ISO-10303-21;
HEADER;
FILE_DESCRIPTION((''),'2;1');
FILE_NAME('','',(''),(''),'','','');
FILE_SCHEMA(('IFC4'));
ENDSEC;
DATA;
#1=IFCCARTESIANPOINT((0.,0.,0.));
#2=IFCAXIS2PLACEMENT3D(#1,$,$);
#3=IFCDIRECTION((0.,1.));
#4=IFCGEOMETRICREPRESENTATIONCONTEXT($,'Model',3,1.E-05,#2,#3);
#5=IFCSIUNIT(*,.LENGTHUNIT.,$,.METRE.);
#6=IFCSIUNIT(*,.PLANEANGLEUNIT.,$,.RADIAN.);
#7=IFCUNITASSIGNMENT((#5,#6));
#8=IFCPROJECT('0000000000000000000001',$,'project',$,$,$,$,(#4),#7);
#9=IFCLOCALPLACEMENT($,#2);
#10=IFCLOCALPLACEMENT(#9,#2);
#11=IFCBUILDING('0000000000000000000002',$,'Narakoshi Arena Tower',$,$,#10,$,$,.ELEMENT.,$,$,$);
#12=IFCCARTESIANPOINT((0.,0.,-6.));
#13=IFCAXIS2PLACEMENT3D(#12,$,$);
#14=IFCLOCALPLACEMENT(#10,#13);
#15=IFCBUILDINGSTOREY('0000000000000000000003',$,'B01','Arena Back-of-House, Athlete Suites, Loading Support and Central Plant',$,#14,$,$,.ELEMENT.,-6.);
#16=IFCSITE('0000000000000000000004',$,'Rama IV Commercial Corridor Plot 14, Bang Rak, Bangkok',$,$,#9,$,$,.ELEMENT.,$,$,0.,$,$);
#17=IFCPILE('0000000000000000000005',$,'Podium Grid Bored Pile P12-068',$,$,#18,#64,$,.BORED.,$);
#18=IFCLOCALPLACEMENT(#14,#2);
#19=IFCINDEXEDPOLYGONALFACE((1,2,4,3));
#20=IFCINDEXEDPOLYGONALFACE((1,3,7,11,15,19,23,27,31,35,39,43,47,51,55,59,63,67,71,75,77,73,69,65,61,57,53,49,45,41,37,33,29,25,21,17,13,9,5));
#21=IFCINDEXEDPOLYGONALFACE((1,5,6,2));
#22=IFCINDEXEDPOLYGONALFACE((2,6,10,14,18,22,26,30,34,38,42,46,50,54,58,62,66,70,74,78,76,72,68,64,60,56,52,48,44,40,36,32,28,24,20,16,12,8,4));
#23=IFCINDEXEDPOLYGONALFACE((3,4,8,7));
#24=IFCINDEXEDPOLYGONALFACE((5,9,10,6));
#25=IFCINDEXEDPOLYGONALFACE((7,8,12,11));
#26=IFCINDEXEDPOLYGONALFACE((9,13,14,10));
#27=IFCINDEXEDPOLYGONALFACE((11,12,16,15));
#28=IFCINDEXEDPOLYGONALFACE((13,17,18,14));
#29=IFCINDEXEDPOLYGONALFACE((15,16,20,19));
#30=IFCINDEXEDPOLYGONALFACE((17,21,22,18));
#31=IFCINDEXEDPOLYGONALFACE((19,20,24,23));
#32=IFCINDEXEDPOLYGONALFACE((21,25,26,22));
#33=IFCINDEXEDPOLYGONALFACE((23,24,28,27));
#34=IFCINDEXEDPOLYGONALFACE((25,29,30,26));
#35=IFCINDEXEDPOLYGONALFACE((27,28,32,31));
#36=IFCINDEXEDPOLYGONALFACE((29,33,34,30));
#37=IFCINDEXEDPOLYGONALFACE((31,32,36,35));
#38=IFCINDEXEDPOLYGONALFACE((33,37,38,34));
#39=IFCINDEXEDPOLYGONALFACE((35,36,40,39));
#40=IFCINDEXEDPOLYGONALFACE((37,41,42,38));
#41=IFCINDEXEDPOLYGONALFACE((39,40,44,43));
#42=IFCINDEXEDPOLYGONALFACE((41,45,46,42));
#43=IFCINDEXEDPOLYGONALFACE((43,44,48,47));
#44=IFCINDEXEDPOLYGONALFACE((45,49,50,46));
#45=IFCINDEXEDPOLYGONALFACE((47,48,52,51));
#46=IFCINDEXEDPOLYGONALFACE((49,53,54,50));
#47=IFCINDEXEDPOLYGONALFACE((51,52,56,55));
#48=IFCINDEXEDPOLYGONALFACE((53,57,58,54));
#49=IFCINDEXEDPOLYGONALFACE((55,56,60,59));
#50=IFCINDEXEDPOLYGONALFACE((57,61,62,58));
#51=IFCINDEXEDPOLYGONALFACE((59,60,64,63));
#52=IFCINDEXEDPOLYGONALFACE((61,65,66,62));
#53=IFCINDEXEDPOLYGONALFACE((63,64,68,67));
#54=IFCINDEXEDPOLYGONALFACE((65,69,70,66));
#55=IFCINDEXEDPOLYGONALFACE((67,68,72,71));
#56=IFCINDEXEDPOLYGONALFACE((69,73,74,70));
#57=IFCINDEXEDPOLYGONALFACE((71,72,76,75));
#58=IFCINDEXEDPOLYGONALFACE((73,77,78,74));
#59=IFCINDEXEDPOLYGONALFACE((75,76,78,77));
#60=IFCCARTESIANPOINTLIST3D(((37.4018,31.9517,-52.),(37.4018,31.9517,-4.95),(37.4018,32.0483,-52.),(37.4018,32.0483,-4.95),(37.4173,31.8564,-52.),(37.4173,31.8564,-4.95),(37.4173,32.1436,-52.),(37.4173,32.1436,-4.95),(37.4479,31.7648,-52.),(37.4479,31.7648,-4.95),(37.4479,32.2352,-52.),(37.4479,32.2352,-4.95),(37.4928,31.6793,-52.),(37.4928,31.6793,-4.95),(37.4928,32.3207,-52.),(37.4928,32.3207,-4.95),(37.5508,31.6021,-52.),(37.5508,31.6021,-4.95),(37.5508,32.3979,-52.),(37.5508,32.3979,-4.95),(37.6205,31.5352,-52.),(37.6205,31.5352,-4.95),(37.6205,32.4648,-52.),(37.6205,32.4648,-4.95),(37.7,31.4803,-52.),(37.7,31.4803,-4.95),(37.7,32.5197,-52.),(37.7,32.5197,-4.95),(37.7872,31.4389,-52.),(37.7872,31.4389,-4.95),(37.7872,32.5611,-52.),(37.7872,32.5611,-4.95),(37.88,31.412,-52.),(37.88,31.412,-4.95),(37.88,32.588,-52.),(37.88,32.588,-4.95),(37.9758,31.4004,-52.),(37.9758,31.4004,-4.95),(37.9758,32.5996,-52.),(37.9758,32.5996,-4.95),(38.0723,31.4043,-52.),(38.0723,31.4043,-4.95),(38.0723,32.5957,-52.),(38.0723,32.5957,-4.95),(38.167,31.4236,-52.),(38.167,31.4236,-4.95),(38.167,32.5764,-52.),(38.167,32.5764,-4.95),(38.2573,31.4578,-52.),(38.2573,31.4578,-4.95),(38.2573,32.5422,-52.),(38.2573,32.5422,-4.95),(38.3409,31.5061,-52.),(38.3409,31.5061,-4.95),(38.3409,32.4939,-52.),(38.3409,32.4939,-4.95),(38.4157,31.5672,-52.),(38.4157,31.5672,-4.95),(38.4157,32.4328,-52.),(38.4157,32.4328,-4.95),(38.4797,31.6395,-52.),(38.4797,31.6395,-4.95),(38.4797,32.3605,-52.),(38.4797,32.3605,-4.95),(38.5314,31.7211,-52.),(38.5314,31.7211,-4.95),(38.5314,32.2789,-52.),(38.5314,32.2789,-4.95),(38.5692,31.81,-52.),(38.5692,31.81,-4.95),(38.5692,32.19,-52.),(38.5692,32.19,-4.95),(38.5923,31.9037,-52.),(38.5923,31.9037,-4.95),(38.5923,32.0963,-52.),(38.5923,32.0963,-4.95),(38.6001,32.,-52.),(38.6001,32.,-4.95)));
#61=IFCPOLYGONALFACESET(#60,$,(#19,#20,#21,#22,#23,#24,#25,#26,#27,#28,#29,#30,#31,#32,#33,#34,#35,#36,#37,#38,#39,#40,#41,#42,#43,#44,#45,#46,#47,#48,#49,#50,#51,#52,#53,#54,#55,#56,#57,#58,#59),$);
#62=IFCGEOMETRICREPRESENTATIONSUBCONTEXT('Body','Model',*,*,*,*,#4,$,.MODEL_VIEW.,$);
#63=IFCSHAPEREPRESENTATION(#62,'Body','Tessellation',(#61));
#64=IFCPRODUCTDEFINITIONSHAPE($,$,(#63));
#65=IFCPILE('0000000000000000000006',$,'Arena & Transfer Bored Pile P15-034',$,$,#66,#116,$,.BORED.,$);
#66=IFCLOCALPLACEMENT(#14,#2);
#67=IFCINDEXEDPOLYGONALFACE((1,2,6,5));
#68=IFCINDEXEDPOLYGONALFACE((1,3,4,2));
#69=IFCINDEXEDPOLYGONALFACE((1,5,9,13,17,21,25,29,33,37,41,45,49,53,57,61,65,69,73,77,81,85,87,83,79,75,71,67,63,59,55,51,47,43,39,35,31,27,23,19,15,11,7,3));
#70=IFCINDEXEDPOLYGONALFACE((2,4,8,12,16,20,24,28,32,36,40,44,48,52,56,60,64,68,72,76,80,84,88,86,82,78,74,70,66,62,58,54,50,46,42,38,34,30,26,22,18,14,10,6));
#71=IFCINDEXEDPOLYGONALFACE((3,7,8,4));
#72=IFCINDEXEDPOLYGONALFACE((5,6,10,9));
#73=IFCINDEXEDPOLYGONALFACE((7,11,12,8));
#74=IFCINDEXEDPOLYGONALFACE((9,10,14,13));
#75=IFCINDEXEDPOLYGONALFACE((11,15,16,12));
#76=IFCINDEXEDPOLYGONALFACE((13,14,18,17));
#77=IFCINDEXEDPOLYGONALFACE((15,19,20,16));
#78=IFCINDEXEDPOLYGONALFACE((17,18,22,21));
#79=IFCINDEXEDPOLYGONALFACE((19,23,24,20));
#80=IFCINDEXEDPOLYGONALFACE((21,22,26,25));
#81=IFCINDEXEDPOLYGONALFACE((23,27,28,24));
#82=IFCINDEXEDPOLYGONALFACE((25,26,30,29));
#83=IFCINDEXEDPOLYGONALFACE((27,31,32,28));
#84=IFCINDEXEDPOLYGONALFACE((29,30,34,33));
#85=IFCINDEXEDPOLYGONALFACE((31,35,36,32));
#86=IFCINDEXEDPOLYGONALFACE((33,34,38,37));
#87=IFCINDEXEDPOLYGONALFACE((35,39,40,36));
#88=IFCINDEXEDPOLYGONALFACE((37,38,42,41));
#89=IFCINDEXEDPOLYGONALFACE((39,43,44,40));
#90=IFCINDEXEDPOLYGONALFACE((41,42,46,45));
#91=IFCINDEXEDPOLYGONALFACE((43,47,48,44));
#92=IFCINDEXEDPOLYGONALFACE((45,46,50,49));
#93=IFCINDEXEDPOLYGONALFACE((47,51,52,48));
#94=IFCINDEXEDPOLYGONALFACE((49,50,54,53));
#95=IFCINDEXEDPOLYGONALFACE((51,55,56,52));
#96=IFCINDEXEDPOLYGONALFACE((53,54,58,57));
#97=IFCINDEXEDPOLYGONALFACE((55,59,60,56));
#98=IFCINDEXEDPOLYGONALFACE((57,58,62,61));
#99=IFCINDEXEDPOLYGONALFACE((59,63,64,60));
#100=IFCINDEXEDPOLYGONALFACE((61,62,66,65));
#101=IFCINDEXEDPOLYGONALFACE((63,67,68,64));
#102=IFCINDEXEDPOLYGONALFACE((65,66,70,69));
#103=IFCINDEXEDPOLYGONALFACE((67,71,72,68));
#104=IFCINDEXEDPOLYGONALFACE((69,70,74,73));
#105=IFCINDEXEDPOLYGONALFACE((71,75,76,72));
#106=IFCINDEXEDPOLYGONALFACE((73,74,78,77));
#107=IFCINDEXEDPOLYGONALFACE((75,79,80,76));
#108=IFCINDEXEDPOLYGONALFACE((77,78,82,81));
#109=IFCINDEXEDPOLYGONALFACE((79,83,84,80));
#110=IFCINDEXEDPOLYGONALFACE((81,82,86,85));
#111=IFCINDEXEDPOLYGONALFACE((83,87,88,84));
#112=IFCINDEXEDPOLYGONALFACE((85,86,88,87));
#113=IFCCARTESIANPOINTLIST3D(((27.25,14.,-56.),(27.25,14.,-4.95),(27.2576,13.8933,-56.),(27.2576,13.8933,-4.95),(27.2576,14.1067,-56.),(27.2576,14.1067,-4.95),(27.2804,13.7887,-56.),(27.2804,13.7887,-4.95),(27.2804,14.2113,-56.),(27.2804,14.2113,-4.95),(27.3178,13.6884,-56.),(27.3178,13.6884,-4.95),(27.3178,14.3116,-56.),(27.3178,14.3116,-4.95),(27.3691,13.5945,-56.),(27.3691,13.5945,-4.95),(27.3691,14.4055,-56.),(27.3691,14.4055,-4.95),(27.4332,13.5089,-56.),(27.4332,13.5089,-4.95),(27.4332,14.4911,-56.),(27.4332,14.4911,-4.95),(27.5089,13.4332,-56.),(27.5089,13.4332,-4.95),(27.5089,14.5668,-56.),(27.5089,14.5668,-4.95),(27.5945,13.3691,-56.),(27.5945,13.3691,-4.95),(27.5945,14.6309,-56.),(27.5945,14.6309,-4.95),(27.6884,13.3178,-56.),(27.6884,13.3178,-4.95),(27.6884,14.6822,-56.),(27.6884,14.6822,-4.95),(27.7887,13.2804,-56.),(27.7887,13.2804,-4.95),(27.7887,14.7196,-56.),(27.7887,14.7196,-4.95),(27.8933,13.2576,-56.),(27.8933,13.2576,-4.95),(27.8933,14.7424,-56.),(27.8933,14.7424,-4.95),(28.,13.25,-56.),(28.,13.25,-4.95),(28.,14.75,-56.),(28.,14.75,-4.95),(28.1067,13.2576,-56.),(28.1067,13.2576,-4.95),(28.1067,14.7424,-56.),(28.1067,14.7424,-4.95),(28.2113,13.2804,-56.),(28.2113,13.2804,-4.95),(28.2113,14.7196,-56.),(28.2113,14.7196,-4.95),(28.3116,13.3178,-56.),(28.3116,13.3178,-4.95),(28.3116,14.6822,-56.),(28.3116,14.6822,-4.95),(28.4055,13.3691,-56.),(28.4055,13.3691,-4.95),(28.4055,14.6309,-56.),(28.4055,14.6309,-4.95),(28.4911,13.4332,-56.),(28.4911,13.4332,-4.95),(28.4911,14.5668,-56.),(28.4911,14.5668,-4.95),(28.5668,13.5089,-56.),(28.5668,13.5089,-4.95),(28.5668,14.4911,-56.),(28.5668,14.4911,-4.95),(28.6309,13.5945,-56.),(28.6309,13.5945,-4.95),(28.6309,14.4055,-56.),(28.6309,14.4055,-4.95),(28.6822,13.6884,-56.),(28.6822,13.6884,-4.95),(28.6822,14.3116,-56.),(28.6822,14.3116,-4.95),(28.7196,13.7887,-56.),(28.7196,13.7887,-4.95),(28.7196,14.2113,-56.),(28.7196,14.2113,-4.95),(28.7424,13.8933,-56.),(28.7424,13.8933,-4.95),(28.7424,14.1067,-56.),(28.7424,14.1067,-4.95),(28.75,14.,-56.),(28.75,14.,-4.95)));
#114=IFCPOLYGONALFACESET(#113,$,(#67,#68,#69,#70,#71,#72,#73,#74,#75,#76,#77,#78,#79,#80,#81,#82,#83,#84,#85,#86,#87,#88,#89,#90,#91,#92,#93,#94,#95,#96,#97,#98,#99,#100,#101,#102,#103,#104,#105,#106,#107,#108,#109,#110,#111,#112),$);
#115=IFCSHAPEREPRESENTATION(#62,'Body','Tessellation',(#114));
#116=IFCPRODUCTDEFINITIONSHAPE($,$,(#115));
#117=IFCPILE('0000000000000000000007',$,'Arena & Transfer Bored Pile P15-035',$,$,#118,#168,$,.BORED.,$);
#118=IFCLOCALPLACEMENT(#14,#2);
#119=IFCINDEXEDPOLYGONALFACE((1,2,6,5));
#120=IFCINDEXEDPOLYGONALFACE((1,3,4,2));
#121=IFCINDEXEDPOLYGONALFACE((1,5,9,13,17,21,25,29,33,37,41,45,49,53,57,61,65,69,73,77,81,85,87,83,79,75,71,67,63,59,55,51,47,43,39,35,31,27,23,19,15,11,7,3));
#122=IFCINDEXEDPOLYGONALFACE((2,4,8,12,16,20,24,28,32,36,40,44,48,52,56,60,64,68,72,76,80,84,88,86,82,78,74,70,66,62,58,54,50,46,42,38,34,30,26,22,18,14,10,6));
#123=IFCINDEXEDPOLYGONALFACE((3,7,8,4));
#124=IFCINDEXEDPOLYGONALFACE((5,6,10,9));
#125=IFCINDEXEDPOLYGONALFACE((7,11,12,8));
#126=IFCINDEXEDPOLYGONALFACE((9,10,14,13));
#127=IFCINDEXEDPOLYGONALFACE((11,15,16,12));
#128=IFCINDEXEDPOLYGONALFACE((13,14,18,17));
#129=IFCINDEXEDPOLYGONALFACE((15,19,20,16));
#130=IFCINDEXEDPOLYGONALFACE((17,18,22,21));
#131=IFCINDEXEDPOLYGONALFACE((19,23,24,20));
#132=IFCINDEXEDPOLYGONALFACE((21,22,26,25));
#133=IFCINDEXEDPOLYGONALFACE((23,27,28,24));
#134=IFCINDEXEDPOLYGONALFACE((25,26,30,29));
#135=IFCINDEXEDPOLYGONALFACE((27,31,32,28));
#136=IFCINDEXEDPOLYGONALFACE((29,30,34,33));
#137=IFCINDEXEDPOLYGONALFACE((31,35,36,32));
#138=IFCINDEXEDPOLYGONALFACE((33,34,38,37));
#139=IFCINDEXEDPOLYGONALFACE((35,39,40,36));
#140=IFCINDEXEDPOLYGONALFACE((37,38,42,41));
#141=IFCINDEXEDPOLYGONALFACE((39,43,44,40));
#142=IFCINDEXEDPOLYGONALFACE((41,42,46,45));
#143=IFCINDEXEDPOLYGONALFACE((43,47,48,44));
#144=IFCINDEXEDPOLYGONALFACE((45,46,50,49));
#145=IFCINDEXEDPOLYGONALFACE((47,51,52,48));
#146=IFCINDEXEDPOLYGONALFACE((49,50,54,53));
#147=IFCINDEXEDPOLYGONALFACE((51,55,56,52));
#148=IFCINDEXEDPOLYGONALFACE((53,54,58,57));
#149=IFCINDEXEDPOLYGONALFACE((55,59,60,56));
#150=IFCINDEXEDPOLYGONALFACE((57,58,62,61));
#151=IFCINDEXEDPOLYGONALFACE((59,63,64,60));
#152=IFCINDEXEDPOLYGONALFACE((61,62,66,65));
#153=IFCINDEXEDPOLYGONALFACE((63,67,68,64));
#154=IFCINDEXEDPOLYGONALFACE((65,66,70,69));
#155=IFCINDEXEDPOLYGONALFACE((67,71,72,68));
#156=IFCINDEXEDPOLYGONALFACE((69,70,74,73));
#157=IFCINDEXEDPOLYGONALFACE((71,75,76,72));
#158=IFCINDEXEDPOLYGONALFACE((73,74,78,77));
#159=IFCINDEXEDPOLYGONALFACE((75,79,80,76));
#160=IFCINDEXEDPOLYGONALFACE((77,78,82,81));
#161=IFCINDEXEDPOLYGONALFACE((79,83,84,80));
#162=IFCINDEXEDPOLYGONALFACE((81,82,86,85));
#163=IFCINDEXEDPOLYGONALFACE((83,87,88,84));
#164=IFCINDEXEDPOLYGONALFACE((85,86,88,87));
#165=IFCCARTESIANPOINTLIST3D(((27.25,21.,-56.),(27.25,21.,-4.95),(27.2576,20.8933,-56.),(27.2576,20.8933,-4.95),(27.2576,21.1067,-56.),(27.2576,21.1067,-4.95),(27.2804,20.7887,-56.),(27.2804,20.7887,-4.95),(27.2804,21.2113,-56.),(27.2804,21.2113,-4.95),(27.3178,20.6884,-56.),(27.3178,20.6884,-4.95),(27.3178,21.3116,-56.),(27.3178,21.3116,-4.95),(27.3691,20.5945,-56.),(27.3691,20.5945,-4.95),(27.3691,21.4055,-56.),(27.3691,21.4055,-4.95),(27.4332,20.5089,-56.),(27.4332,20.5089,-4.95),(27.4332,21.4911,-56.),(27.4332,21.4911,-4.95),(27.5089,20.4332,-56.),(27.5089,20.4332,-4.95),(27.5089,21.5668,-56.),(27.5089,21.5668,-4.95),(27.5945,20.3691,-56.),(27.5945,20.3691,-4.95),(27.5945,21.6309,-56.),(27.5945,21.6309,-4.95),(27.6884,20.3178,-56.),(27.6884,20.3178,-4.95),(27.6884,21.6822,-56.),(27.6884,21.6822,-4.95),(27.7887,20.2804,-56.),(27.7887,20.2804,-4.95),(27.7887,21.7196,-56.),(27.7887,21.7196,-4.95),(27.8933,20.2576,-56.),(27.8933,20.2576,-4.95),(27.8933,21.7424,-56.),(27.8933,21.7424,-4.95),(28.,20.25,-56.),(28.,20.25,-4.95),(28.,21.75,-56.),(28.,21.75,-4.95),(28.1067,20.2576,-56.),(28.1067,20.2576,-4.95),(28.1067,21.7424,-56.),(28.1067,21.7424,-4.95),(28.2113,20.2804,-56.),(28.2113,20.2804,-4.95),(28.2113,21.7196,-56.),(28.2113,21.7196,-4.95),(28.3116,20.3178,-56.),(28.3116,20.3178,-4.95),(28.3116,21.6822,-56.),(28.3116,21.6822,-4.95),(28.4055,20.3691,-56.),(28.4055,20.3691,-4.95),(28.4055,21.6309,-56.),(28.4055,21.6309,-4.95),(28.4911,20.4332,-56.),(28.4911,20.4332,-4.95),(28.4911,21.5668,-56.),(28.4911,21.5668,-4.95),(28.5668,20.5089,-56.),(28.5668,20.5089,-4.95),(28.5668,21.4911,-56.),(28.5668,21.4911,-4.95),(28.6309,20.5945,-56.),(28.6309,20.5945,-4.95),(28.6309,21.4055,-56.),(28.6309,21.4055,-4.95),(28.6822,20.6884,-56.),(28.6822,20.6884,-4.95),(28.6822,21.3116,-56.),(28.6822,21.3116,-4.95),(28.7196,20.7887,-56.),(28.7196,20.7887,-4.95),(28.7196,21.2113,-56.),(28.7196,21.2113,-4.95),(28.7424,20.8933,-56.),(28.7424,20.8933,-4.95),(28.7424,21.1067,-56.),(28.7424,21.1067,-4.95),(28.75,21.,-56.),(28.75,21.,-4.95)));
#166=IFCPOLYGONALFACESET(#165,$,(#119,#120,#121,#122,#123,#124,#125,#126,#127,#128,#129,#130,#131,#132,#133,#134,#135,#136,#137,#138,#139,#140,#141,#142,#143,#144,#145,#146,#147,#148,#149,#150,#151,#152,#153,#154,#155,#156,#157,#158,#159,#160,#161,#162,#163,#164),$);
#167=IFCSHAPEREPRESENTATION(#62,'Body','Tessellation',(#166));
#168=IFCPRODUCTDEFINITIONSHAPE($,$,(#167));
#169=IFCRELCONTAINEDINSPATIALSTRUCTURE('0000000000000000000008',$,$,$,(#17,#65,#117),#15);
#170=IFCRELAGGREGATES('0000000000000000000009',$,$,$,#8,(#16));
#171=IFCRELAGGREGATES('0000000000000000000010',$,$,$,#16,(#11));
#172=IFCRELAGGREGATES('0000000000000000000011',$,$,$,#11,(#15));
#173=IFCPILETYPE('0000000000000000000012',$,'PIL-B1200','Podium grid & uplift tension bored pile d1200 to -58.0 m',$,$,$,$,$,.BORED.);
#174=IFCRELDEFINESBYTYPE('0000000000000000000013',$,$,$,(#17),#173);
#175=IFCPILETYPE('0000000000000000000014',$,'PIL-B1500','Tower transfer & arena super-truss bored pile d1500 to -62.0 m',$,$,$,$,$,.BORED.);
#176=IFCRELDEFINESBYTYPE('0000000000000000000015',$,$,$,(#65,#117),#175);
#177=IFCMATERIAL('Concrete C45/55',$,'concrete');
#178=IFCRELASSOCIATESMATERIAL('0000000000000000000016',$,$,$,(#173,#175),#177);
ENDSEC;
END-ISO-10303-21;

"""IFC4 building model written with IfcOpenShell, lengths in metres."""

from ifc_helpers import new_model, si_unit, direction, frame, origin, origin_2d, place, context, subcontext, project, spatial, circle, extrude, material, material_profile, profile_set, type_object, element, save


model = new_model("IFC4")

# Units and contexts
model_context = context("Model", 3, precision=1e-05, world=origin(), true_north=direction((0.0, 1.0)))
body_context = subcontext(model_context, "Body", "Model", "MODEL_VIEW")
ifc_project = project(units=[si_unit("LENGTHUNIT", "METRE"), si_unit("PLANEANGLEUNIT", "RADIAN")], contexts=[model_context])

# Site, building, storey
site_placement = place(None, origin())
site = spatial("IfcSite", under=ifc_project, at=site_placement, Name="Rama IV Commercial Corridor Plot 14, Bang Rak, Bangkok", CompositionType="ELEMENT", RefElevation=0.0)
building_placement = place(site_placement, origin())
building = spatial("IfcBuilding", under=site, at=building_placement, Name="Narakoshi Arena Tower", CompositionType="ELEMENT")
storey_placement = place(building_placement, frame((0.0, 0.0, -6.0)))
storey = spatial("IfcBuildingStorey", under=building, at=storey_placement, Name="B01", Description="Arena Back-of-House, Athlete Suites, Loading Support and Central Plant", CompositionType="ELEMENT", Elevation=-6.0)

# Piles
ifc_material_1 = material(Name="Concrete C45/55", Category="concrete")
ifc_material_profile_1 = material_profile(ifc_material_1, circle(Radius=0.6001, at=origin_2d()), Name="PILE-D1200")
ifc_profile_set_1 = profile_set([ifc_material_profile_1], Name="Concrete C45/55")
pile_type_1 = type_object("IfcPileType", Name="PIL-B1200", Description="Podium grid & uplift tension bored pile d1200 to -58.0 m", PredefinedType="BORED", material=ifc_profile_set_1)
pile_placement = place(storey_placement, frame((38.0, 32.0, -4.95), z_axis=(0.0, 0.0, -1.0), x_axis=(1.0, 0.0, 0.0)))
element("IfcPile", 1, at=pile_placement, inside=storey, type_object=pile_type_1, Name="Podium Grid Bored Pile P12-068", PredefinedType="BORED", context=body_context, shape_type="SweptSolid", body=[
    extrude(circle(Radius=0.6001, at=origin_2d()), origin(), (0.0, 0.0, 1.0), 47.05),
])
ifc_material_profile_2 = material_profile(ifc_material_1, circle(Radius=0.75, at=origin_2d()), Name="PILE-D1500")
ifc_profile_set_2 = profile_set([ifc_material_profile_2], Name="Concrete C45/55")
pile_type_2 = type_object("IfcPileType", Name="PIL-B1500", Description="Tower transfer & arena super-truss bored pile d1500 to -62.0 m", PredefinedType="BORED", material=ifc_profile_set_2)
for number, where, z_axis, x_axis, name in (
    (2, (28.0, 14.0, -4.95), (0.0, 0.0, -1.0), (1.0, 0.0, 0.0), "Arena & Transfer Bored Pile P15-034"),
    (3, (28.0, 21.0, -4.95), (0.0, 0.0, -1.0), (1.0, 0.0, 0.0), "Arena & Transfer Bored Pile P15-035"),
):
    element("IfcPile", number, at=place(storey_placement, frame(where, z_axis=z_axis, x_axis=x_axis)), inside=storey, type_object=pile_type_2, Name=name, PredefinedType="BORED", context=body_context, shape_type="SweptSolid", body=[
        extrude(circle(Radius=0.75, at=origin_2d()), origin(), (0.0, 0.0, 1.0), 51.05),
    ])

save(model, "model.ifc")
